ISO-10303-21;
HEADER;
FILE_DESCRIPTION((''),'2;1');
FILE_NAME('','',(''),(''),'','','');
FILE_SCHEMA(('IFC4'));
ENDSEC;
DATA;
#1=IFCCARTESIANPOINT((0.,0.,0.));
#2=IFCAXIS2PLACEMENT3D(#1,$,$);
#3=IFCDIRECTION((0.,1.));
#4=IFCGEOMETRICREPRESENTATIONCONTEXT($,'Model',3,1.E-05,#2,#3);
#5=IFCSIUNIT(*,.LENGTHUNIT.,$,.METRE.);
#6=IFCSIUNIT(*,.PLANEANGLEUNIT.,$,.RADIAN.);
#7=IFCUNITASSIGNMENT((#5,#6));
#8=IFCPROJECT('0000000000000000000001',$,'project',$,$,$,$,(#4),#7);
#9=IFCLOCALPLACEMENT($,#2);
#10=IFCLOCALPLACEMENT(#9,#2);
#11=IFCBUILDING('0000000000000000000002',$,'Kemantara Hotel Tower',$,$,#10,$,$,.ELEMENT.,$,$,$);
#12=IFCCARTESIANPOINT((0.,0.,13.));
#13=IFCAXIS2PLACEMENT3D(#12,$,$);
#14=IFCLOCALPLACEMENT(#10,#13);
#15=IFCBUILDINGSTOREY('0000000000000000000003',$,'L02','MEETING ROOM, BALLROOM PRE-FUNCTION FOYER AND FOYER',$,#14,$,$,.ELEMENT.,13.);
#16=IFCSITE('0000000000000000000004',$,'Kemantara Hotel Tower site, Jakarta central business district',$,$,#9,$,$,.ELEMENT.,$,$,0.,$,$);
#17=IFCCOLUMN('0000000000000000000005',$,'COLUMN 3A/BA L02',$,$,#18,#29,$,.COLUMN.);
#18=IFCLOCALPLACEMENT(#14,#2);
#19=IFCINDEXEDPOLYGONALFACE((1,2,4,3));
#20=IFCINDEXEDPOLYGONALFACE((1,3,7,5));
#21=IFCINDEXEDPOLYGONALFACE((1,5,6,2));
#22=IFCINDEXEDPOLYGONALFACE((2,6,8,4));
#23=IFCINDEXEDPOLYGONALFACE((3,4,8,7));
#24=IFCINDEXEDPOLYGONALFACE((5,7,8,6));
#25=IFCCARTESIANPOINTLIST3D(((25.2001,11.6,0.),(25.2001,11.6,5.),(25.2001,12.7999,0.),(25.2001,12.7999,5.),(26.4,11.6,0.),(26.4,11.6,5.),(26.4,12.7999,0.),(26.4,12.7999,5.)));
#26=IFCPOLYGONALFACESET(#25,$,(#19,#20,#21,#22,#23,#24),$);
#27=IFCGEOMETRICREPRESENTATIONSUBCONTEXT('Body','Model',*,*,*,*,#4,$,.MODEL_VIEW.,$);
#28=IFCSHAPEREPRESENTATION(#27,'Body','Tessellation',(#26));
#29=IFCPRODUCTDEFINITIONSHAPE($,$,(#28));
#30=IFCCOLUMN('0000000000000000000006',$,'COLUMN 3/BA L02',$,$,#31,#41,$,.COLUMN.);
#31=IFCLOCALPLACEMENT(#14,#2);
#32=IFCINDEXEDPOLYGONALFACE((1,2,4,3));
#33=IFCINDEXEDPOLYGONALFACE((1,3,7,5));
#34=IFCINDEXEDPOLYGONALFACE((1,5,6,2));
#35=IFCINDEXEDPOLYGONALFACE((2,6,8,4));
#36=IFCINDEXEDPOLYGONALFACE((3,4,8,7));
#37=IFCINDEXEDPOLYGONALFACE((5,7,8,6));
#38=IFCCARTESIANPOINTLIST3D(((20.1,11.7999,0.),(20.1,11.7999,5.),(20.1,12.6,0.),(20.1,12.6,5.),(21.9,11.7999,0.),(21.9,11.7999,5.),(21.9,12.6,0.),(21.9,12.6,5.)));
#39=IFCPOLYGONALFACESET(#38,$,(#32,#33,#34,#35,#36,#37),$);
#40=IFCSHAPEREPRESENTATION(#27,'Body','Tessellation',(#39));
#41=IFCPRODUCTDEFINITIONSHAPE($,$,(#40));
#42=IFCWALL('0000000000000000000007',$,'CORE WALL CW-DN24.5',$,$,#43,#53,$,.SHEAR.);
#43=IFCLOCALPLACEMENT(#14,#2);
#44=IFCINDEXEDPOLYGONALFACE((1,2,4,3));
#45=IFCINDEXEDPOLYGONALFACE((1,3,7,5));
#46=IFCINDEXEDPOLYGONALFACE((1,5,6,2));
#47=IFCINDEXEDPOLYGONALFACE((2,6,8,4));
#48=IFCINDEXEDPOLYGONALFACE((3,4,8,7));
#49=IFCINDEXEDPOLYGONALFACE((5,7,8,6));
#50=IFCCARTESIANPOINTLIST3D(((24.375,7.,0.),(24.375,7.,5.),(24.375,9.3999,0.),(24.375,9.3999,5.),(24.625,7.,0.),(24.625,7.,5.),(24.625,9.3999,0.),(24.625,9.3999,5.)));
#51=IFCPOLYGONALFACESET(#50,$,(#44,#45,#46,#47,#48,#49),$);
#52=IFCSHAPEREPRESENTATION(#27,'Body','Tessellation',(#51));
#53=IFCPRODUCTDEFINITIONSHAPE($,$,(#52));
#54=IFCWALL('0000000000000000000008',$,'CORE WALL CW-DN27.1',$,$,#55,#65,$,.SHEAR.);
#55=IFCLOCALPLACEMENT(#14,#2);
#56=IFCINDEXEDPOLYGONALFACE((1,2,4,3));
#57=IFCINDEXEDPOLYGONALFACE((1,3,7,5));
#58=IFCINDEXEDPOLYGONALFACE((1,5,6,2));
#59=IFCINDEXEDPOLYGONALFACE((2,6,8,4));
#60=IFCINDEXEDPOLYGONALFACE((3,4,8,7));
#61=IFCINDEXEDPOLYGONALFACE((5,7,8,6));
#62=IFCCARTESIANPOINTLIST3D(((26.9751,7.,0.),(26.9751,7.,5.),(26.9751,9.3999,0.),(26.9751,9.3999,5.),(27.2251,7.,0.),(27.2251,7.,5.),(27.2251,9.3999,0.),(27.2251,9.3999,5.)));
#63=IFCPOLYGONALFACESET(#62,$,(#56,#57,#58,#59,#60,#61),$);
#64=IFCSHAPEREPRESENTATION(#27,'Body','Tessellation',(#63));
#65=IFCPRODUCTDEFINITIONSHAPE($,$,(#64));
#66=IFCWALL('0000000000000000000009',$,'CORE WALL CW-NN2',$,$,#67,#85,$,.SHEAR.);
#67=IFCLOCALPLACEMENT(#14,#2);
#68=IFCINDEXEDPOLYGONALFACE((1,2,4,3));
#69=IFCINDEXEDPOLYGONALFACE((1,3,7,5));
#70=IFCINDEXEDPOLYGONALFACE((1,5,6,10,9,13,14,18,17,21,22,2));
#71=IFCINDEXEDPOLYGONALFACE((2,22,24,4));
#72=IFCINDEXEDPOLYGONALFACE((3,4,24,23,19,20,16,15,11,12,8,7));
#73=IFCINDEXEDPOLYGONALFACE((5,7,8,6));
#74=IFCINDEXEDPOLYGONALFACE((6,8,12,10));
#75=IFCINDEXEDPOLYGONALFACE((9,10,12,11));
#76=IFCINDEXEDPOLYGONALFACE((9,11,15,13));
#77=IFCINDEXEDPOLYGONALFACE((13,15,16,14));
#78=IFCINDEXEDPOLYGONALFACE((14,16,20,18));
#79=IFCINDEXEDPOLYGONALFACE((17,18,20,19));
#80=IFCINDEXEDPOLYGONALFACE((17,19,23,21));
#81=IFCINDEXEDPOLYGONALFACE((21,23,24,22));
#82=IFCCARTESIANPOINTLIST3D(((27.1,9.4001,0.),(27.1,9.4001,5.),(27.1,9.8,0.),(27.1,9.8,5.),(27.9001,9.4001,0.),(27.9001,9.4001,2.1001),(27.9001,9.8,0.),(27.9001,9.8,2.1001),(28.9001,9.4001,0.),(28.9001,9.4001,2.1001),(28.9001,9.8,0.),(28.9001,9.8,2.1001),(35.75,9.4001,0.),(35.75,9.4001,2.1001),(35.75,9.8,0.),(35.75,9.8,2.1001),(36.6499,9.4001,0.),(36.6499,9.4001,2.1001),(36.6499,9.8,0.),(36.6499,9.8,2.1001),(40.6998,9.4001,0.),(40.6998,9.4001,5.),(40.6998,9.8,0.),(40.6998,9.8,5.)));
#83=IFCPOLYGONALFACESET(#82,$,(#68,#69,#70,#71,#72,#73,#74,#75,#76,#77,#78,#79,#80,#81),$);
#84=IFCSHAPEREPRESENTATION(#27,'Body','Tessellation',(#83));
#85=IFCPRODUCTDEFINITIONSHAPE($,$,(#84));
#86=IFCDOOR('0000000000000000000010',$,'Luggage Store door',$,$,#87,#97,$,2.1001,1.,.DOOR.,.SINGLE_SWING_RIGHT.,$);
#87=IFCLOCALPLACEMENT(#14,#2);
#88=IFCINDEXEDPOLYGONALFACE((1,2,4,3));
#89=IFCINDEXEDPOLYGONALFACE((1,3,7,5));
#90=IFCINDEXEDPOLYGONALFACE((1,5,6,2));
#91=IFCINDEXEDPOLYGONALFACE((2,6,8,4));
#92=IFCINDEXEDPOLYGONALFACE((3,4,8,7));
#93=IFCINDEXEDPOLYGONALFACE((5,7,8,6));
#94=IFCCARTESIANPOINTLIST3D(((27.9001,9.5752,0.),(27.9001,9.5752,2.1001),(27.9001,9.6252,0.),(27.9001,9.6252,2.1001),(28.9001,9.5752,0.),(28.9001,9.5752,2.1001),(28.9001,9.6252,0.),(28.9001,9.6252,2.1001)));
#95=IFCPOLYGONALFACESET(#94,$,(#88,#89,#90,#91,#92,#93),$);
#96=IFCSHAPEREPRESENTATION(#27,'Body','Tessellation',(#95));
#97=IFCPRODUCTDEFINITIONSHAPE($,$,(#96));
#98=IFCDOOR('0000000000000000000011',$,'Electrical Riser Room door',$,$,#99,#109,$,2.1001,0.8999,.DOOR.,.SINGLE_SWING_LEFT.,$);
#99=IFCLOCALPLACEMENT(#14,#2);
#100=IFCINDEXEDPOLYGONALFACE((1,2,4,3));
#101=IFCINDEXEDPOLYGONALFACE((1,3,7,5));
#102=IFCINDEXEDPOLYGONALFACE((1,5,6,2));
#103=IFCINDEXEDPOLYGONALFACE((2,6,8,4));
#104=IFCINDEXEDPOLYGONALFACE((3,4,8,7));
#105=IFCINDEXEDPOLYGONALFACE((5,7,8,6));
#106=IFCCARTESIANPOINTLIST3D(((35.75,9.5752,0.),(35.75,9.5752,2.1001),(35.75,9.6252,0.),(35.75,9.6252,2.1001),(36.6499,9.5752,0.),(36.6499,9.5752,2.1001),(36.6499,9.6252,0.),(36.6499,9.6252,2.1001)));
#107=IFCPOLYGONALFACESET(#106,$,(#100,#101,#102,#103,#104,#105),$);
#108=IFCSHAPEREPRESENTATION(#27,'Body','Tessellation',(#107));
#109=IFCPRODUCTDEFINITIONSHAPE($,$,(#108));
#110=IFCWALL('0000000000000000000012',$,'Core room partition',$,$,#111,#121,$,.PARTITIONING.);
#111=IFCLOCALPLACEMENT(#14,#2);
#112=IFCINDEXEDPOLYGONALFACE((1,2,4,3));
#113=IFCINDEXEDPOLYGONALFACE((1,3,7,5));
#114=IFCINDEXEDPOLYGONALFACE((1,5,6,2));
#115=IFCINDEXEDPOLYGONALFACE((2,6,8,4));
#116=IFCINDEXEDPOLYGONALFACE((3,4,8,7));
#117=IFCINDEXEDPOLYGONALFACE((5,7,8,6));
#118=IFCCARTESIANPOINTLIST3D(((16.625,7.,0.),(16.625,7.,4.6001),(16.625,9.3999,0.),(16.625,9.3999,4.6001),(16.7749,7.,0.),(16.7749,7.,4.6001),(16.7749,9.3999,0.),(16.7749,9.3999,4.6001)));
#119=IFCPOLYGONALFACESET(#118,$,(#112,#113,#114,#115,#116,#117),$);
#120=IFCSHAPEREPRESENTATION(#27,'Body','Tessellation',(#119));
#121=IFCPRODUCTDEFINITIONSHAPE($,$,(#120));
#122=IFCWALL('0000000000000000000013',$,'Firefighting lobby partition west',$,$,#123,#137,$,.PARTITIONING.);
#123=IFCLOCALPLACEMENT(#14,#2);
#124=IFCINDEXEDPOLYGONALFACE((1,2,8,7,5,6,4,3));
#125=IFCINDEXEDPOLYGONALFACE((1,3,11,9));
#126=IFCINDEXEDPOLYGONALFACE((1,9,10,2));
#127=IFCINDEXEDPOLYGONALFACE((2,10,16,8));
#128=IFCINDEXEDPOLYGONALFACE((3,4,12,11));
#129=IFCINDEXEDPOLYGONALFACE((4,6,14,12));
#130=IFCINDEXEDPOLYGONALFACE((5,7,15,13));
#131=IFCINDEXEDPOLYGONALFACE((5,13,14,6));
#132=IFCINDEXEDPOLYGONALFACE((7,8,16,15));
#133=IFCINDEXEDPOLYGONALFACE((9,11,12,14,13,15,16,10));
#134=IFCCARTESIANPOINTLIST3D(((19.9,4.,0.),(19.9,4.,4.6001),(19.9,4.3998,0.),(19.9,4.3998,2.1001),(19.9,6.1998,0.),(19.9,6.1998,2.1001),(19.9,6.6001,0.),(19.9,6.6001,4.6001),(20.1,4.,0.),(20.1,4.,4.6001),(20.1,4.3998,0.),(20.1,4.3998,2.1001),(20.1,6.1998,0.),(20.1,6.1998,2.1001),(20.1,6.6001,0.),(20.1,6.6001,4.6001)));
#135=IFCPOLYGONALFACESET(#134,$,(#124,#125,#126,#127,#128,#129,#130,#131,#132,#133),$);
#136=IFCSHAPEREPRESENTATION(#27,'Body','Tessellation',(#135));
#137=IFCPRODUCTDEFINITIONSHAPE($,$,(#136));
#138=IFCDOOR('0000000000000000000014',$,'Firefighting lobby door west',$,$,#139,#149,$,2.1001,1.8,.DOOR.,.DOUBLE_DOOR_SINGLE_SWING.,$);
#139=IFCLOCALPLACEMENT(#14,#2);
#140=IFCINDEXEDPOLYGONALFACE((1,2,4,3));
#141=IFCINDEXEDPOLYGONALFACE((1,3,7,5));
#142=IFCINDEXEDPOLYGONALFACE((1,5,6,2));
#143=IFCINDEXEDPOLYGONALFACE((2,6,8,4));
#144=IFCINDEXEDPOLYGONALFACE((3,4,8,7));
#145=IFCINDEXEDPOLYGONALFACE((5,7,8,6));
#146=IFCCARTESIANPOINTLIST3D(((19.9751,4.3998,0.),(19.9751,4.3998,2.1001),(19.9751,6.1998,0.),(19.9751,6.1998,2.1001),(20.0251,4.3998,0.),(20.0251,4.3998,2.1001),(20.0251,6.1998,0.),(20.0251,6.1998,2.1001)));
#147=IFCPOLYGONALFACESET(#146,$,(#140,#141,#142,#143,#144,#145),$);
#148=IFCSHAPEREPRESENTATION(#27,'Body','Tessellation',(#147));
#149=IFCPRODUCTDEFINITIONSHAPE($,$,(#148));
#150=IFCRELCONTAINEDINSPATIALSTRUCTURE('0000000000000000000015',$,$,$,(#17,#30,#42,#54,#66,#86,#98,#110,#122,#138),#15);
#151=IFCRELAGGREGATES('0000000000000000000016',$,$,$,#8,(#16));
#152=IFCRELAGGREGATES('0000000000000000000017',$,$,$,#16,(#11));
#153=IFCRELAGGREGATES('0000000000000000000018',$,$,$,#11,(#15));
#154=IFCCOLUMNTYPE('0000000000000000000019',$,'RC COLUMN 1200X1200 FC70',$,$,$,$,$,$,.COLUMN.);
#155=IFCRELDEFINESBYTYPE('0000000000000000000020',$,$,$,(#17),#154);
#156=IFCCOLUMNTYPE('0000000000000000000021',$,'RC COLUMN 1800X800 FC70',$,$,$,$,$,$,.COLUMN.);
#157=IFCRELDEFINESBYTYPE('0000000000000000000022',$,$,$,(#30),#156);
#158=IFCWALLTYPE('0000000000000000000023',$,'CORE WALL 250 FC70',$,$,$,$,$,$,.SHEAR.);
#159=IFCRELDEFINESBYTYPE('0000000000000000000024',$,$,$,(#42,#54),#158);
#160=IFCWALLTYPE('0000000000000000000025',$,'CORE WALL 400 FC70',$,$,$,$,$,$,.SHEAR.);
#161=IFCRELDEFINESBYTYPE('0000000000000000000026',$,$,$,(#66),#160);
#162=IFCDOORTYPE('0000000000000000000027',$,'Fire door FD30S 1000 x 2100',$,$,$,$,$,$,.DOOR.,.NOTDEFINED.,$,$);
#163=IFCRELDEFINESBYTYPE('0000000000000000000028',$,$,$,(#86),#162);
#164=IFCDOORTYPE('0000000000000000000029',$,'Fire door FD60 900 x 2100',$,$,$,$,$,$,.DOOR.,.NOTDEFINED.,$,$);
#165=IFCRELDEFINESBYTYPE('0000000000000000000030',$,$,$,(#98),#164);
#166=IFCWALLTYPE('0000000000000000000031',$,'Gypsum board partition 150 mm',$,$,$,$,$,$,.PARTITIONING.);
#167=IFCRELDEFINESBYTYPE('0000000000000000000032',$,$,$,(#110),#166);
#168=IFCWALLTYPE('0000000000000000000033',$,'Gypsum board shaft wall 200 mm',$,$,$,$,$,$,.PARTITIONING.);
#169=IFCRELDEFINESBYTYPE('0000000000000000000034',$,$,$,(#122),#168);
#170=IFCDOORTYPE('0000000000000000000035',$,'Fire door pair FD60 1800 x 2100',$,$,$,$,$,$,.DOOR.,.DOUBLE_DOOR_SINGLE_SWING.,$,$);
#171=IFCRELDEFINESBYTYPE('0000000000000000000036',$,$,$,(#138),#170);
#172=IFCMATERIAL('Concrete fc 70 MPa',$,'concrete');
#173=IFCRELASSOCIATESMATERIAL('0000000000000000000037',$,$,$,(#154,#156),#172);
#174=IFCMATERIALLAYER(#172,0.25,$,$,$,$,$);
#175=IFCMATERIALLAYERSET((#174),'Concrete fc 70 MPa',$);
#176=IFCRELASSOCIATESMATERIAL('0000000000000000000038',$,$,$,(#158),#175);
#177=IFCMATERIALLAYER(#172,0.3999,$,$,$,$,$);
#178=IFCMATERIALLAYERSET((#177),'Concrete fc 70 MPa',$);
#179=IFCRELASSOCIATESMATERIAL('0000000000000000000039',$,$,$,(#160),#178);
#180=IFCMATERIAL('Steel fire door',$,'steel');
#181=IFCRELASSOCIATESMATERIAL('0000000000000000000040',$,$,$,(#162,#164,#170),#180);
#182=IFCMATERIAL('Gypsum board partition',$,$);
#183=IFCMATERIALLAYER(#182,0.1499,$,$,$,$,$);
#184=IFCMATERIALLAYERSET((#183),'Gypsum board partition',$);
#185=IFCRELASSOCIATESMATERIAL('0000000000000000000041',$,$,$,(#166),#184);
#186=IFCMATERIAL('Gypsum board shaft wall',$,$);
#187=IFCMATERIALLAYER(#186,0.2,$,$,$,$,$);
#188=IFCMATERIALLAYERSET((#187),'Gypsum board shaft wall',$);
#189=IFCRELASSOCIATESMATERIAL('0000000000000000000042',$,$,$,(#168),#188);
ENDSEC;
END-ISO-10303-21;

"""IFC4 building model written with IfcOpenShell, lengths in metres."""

from ifc_helpers import new_model, si_unit, direction, frame, frame_2d, origin, origin_2d, place, context, subcontext, project, spatial, rectangle, extrude, material, layer, layer_set, material_profile, profile_set, type_object, element, fill, save


model = new_model("IFC4")

# Units and contexts
model_context = context("Model", 3, precision=1e-05, world=origin(), true_north=direction((0.0, 1.0)))
body_context = subcontext(model_context, "Body", "Model", "MODEL_VIEW")
ifc_project = project(units=[si_unit("LENGTHUNIT", "METRE"), si_unit("PLANEANGLEUNIT", "RADIAN")], contexts=[model_context])

# Site, building, storey
site_placement = place(None, origin())
site = spatial("IfcSite", under=ifc_project, at=site_placement, Name="Kemantara Hotel Tower site, Jakarta central business district", CompositionType="ELEMENT", RefElevation=0.0)
building_placement = place(site_placement, origin())
building = spatial("IfcBuilding", under=site, at=building_placement, Name="Kemantara Hotel Tower", CompositionType="ELEMENT")
storey_placement = place(building_placement, frame((0.0, 0.0, 13.0)))
storey = spatial("IfcBuildingStorey", under=building, at=storey_placement, Name="L02", Description="MEETING ROOM, BALLROOM PRE-FUNCTION FOYER AND FOYER", CompositionType="ELEMENT", Elevation=13.0)

# Columns
ifc_material_1 = material(Name="Concrete fc 70 MPa", Category="concrete")
ifc_material_profile_1 = material_profile(ifc_material_1, rectangle(XDim=1.2, YDim=1.2, at=origin_2d()), Name="RC 1200X1200")
ifc_profile_set_1 = profile_set([ifc_material_profile_1], Name="Concrete fc 70 MPa")
column_type_1 = type_object("IfcColumnType", Name="RC COLUMN 1200X1200 FC70", PredefinedType="COLUMN", material=ifc_profile_set_1)
column_1_placement = place(storey_placement, frame((25.8, 12.2, 0.0), z_axis=(0.0, 0.0, 1.0), x_axis=(1.0, 0.0, 0.0)))
element("IfcColumn", 1, at=column_1_placement, inside=storey, type_object=column_type_1, Name="COLUMN 3A/BA L02", PredefinedType="COLUMN", context=body_context, shape_type="SweptSolid", body=[
    extrude(rectangle(XDim=1.2, YDim=1.2, at=origin_2d()), origin(), (0.0, 0.0, 1.0), 5.0),
])
ifc_material_profile_2 = material_profile(ifc_material_1, rectangle(XDim=1.8, YDim=0.8, at=origin_2d()), Name="RC 1800X800")
ifc_profile_set_2 = profile_set([ifc_material_profile_2], Name="Concrete fc 70 MPa")
column_type_2 = type_object("IfcColumnType", Name="RC COLUMN 1800X800 FC70", PredefinedType="COLUMN", material=ifc_profile_set_2)
column_2_placement = place(storey_placement, frame((21.0, 12.2, 0.0), z_axis=(0.0, 0.0, 1.0), x_axis=(1.0, 0.0, 0.0)))
element("IfcColumn", 2, at=column_2_placement, inside=storey, type_object=column_type_2, Name="COLUMN 3/BA L02", PredefinedType="COLUMN", context=body_context, shape_type="SweptSolid", body=[
    extrude(rectangle(XDim=1.8, YDim=0.8, at=origin_2d()), origin(), (0.0, 0.0, 1.0), 5.0),
])

# Walls
ifc_layer_1 = layer(ifc_material_1, 0.25)
ifc_layer_set_1 = layer_set([ifc_layer_1], Name="Concrete fc 70 MPa")
wall_type_1 = type_object("IfcWallType", Name="CORE WALL 250 FC70", PredefinedType="SHEAR", material=ifc_layer_set_1)
for number, where, z_axis, x_axis, name in (
    (3, (24.5, 7.0, 0.0), (0.0, 0.0, 1.0), (0.0, 1.0, 0.0), "CORE WALL CW-DN24.5"),
    (4, (27.1001, 7.0, 0.0), (0.0, 0.0, 1.0), (0.0, 1.0, 0.0), "CORE WALL CW-DN27.1"),
):
    element("IfcWall", number, at=place(storey_placement, frame(where, z_axis=z_axis, x_axis=x_axis)), inside=storey, type_object=wall_type_1, Name=name, PredefinedType="SHEAR", context=body_context, shape_type="SweptSolid", body=[
        extrude(rectangle(XDim=2.3999, YDim=0.25, at=frame_2d((1.2, 0.0))), origin(), (0.0, 0.0, 1.0), 5.0),
    ])

# Wall, openings, doors
ifc_layer_2 = layer(ifc_material_1, 0.3999)
ifc_layer_set_2 = layer_set([ifc_layer_2], Name="Concrete fc 70 MPa")
wall_type_2 = type_object("IfcWallType", Name="CORE WALL 400 FC70", PredefinedType="SHEAR", material=ifc_layer_set_2)
wall_1_placement = place(storey_placement, frame((27.1001, 9.6001, 0.0), z_axis=(0.0, 0.0, 1.0), x_axis=(1.0, 0.0, 0.0)))
wall_1 = element("IfcWall", 5, at=wall_1_placement, inside=storey, type_object=wall_type_2, Name="CORE WALL CW-NN2", PredefinedType="SHEAR", context=body_context, shape_type="SweptSolid", body=[
    extrude(rectangle(XDim=13.5999, YDim=0.3999, at=frame_2d((6.7998, 0.0))), origin(), (0.0, 0.0, 1.0), 5.0),
])
opening_1_placement = place(wall_1_placement, frame((0.8, 0.0, 0.0)))
opening_1 = element("IfcOpeningElement", 6, at=opening_1_placement, cuts=wall_1, PredefinedType="OPENING", context=body_context, shape_type="SweptSolid", body=[
    extrude(rectangle(XDim=1.0, YDim=2.1001, at=frame_2d((0.5, 1.05))), frame((0.0, 0.21, 0.0), z_axis=(0.0, -1.0, 0.0), x_axis=(1.0, 0.0, 0.0)), (0.0, 0.0, 1.0), 0.4199),
])
opening_2_placement = place(wall_1_placement, frame((8.6499, 0.0, 0.0)))
opening_2 = element("IfcOpeningElement", 7, at=opening_2_placement, cuts=wall_1, PredefinedType="OPENING", context=body_context, shape_type="SweptSolid", body=[
    extrude(rectangle(XDim=0.8999, YDim=2.1001, at=frame_2d((0.45, 1.05))), frame((0.0, 0.21, 0.0), z_axis=(0.0, -1.0, 0.0), x_axis=(1.0, 0.0, 0.0)), (0.0, 0.0, 1.0), 0.4199),
])
ifc_material_2 = material(Name="Steel fire door", Category="steel")
door_type_1 = type_object("IfcDoorType", Name="Fire door FD30S 1000 x 2100", OperationType="NOTDEFINED", PredefinedType="DOOR", material=ifc_material_2)
door_1_placement = place(opening_1_placement, frame((1.0, 0.0, 0.0), z_axis=(0.0, 0.0, 1.0), x_axis=(-1.0, 0.0, 0.0)))
door_1 = element("IfcDoor", 8, at=door_1_placement, inside=storey, type_object=door_type_1, Name="Luggage Store door", OperationType="SINGLE_SWING_RIGHT", OverallHeight=2.1001, OverallWidth=1.0, PredefinedType="DOOR", context=body_context, shape_type="SweptSolid", body=[
    extrude(rectangle(XDim=1.0, YDim=2.1001, at=frame_2d((0.5, 1.05))), frame((0.0, 0.0249, 0.0), z_axis=(0.0, -1.0, 0.0), x_axis=(1.0, 0.0, 0.0)), (0.0, 0.0, 1.0), 0.05),
])
fill(opening_1, door_1)
door_type_2 = type_object("IfcDoorType", Name="Fire door FD60 900 x 2100", OperationType="NOTDEFINED", PredefinedType="DOOR", material=ifc_material_2)
door_2_placement = place(opening_2_placement, frame((0.8999, 0.0, 0.0), z_axis=(0.0, 0.0, 1.0), x_axis=(-1.0, 0.0, 0.0)))
door_2 = element("IfcDoor", 9, at=door_2_placement, inside=storey, type_object=door_type_2, Name="Electrical Riser Room door", OperationType="SINGLE_SWING_LEFT", OverallHeight=2.1001, OverallWidth=0.8999, PredefinedType="DOOR", context=body_context, shape_type="SweptSolid", body=[
    extrude(rectangle(XDim=0.8999, YDim=2.1001, at=frame_2d((0.45, 1.05))), frame((0.0, 0.0249, 0.0), z_axis=(0.0, -1.0, 0.0), x_axis=(1.0, 0.0, 0.0)), (0.0, 0.0, 1.0), 0.05),
])
fill(opening_2, door_2)

# Wall
ifc_material_3 = material(Name="Gypsum board partition")
ifc_layer_3 = layer(ifc_material_3, 0.1499)
ifc_layer_set_3 = layer_set([ifc_layer_3], Name="Gypsum board partition")
wall_type_3 = type_object("IfcWallType", Name="Gypsum board partition 150 mm", PredefinedType="PARTITIONING", material=ifc_layer_set_3)
wall_2_placement = place(storey_placement, frame((16.7, 7.0, 0.0), z_axis=(0.0, 0.0, 1.0), x_axis=(0.0, 1.0, 0.0)))
element("IfcWall", 10, at=wall_2_placement, inside=storey, type_object=wall_type_3, Name="Core room partition", PredefinedType="PARTITIONING", context=body_context, shape_type="SweptSolid", body=[
    extrude(rectangle(XDim=2.3999, YDim=0.1499, at=frame_2d((1.2, 0.0))), origin(), (0.0, 0.0, 1.0), 4.6001),
])

# Wall, opening, door
ifc_material_4 = material(Name="Gypsum board shaft wall")
ifc_layer_4 = layer(ifc_material_4, 0.2)
ifc_layer_set_4 = layer_set([ifc_layer_4], Name="Gypsum board shaft wall")
wall_type_4 = type_object("IfcWallType", Name="Gypsum board shaft wall 200 mm", PredefinedType="PARTITIONING", material=ifc_layer_set_4)
wall_3_placement = place(storey_placement, frame((20.0, 4.0, 0.0), z_axis=(0.0, 0.0, 1.0), x_axis=(0.0, 1.0, 0.0)))
wall_3 = element("IfcWall", 11, at=wall_3_placement, inside=storey, type_object=wall_type_4, Name="Firefighting lobby partition west", PredefinedType="PARTITIONING", context=body_context, shape_type="SweptSolid", body=[
    extrude(rectangle(XDim=2.6001, YDim=0.2, at=frame_2d((1.3, 0.0))), origin(), (0.0, 0.0, 1.0), 4.6001),
])
opening_3_placement = place(wall_3_placement, frame((0.3999, 0.0, 0.0)))
opening_3 = element("IfcOpeningElement", 12, at=opening_3_placement, cuts=wall_3, PredefinedType="OPENING", context=body_context, shape_type="SweptSolid", body=[
    extrude(rectangle(XDim=1.8, YDim=2.1001, at=frame_2d((0.8999, 1.05))), frame((0.0, 0.1099, 0.0), z_axis=(0.0, -1.0, 0.0), x_axis=(1.0, 0.0, 0.0)), (0.0, 0.0, 1.0), 0.22),
])
door_type_3 = type_object("IfcDoorType", Name="Fire door pair FD60 1800 x 2100", OperationType="DOUBLE_DOOR_SINGLE_SWING", PredefinedType="DOOR", material=ifc_material_2)
door_3_placement = place(opening_3_placement, origin())
door_3 = element("IfcDoor", 13, at=door_3_placement, inside=storey, type_object=door_type_3, Name="Firefighting lobby door west", OperationType="DOUBLE_DOOR_SINGLE_SWING", OverallHeight=2.1001, OverallWidth=1.8, PredefinedType="DOOR", context=body_context, shape_type="SweptSolid", body=[
    extrude(rectangle(XDim=1.8, YDim=2.1001, at=frame_2d((0.8999, 1.05))), frame((0.0, 0.0249, 0.0), z_axis=(0.0, -1.0, 0.0), x_axis=(1.0, 0.0, 0.0)), (0.0, 0.0, 1.0), 0.05),
])
fill(opening_3, door_3)

save(model, "model.ifc")
